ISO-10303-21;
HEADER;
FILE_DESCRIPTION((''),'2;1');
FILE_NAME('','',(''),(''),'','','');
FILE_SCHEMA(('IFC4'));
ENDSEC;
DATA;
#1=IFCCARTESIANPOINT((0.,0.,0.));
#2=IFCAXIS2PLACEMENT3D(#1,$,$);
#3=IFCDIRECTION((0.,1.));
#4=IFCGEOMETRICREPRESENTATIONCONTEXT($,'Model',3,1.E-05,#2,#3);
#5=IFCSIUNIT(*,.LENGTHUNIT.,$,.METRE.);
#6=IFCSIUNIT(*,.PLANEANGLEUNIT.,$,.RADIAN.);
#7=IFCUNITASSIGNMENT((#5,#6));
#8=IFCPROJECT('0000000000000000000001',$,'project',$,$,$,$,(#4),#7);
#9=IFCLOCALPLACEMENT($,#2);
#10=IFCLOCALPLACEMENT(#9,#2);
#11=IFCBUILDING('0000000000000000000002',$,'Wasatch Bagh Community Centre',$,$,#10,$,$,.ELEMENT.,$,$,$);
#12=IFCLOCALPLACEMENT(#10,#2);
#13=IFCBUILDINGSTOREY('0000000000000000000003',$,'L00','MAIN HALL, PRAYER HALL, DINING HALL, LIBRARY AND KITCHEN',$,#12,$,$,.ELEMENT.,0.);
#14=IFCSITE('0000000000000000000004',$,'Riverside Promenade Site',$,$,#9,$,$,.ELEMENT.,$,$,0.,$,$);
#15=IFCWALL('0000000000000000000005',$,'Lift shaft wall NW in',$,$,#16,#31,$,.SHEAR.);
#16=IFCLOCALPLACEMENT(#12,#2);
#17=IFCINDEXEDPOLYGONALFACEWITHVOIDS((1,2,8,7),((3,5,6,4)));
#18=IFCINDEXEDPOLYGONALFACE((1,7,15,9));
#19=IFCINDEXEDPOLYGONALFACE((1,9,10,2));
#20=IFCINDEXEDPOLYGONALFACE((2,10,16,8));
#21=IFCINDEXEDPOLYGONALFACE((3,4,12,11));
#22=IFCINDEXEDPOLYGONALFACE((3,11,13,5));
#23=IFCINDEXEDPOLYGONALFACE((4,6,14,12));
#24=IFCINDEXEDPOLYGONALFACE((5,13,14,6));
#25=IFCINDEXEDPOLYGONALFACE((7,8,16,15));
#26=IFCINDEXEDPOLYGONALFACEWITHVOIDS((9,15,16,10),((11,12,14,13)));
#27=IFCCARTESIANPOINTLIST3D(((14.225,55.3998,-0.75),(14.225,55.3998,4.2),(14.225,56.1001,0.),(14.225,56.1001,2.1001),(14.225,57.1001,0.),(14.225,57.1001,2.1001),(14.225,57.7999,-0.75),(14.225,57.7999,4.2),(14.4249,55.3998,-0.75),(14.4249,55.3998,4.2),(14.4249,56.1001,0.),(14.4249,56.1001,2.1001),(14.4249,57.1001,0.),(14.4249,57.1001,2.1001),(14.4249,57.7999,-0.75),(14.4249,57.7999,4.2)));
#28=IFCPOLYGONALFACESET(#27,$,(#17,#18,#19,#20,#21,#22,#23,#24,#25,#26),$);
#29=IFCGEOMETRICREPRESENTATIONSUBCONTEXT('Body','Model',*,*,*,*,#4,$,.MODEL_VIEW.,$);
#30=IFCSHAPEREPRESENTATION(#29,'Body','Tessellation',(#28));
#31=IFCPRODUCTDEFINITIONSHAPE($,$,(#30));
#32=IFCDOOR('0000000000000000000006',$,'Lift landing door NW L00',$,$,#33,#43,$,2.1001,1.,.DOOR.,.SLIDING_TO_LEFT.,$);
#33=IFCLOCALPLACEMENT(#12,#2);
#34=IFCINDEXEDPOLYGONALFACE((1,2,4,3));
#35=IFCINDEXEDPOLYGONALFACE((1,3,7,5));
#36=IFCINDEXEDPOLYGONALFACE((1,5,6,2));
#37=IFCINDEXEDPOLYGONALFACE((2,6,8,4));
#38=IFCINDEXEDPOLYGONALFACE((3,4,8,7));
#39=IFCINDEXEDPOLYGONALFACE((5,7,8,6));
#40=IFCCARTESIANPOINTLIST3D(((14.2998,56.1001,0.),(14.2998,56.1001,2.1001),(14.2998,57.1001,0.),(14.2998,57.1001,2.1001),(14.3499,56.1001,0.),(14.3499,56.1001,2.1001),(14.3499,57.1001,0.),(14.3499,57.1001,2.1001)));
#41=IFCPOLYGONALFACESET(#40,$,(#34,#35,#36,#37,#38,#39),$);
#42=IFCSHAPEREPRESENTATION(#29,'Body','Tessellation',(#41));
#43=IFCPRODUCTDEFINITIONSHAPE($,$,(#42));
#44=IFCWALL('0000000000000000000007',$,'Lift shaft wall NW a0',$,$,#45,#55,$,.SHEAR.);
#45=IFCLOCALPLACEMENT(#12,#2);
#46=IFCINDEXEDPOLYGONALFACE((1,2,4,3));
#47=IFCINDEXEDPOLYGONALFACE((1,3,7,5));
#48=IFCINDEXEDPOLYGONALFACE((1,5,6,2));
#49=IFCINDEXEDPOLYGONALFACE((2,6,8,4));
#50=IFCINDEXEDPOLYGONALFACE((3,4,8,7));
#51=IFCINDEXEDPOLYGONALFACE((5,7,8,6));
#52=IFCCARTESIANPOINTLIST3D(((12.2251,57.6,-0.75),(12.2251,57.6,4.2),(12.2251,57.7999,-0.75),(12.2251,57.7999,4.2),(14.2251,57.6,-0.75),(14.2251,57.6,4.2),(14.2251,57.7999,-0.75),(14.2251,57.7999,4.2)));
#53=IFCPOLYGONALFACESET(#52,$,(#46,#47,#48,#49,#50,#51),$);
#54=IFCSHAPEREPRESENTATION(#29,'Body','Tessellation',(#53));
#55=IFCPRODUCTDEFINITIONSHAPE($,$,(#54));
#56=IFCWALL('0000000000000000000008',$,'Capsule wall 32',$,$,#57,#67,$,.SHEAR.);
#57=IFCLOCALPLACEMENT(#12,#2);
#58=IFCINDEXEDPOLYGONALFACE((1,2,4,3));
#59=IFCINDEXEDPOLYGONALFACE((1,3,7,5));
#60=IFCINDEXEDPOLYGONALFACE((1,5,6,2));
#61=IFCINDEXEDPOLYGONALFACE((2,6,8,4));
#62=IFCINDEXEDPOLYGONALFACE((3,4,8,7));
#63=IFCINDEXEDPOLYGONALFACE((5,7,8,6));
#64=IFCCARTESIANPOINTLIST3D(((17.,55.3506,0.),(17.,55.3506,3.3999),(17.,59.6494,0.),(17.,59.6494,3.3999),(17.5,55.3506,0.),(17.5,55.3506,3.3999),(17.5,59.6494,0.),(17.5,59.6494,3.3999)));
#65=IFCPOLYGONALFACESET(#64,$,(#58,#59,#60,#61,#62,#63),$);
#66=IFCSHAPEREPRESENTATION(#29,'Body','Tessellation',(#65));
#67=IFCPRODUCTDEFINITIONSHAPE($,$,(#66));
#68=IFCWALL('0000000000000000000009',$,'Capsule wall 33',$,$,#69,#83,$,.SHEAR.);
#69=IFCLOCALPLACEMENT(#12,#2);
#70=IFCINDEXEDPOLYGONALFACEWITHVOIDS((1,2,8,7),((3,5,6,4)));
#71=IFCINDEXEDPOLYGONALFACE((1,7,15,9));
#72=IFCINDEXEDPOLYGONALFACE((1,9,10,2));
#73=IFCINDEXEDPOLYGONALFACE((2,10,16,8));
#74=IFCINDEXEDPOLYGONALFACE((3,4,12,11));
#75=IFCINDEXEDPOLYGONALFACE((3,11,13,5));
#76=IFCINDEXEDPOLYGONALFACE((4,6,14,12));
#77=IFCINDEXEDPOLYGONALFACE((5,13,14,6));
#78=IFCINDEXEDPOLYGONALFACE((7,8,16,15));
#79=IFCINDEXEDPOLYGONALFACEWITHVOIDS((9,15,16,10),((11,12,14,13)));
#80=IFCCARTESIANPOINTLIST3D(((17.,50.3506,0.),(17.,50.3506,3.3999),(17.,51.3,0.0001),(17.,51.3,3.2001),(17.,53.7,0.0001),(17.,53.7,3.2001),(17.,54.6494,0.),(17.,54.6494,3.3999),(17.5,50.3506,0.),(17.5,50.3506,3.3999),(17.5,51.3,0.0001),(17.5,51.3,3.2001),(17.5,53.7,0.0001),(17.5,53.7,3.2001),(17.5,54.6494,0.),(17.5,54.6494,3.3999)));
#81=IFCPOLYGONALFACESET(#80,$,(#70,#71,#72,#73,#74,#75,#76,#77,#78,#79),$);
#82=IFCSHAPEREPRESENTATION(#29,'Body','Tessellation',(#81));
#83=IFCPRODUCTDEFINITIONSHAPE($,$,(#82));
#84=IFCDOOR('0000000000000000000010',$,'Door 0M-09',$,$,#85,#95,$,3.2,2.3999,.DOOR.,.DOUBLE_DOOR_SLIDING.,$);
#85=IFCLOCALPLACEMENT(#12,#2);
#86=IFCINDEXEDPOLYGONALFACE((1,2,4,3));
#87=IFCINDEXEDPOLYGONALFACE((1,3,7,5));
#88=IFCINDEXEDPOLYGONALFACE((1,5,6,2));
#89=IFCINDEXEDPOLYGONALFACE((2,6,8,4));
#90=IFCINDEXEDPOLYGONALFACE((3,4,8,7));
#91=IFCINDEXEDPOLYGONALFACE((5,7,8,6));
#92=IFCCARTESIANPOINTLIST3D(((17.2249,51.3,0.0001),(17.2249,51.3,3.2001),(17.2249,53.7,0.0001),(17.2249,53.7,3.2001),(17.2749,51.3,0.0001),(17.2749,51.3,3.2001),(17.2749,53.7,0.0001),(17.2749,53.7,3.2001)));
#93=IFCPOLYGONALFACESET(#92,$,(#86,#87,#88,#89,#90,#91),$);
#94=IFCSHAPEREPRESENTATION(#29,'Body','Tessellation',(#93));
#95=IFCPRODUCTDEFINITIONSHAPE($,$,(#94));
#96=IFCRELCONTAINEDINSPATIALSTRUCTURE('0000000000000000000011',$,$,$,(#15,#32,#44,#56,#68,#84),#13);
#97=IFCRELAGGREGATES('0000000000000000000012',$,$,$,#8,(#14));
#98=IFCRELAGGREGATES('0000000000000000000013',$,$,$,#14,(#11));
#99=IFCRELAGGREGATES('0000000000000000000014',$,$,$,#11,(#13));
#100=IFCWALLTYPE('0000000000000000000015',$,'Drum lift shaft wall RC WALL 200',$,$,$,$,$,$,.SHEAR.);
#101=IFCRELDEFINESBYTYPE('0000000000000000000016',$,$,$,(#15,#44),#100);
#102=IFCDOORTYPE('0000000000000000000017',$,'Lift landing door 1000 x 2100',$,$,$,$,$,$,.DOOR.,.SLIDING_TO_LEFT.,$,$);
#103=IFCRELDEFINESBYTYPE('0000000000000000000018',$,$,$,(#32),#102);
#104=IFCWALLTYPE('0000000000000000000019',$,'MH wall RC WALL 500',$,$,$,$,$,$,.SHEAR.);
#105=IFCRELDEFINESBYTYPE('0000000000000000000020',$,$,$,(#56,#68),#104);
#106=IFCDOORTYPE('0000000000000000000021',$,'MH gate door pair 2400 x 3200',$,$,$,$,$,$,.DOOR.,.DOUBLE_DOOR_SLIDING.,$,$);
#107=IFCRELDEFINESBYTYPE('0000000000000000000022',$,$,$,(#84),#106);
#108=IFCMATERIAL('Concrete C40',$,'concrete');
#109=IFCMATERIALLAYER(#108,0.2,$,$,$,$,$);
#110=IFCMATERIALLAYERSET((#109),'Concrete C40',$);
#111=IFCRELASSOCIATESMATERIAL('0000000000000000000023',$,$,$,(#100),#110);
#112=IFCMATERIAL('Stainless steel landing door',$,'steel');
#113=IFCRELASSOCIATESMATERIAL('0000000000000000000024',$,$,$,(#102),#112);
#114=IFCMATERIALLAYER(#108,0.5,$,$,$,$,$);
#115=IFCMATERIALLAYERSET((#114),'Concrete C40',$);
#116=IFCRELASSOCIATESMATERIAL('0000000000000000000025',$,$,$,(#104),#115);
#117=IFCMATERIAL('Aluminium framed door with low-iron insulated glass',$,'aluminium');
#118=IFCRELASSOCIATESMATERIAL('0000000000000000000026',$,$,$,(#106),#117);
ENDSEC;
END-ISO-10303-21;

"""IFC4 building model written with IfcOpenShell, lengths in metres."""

from ifc_helpers import new_model, si_unit, direction, frame, frame_2d, origin, place, context, subcontext, project, spatial, rectangle, extrude, material, layer, layer_set, type_object, element, fill, save


model = new_model("IFC4")

# Units and contexts
model_context = context("Model", 3, precision=1e-05, world=origin(), true_north=direction((0.0, 1.0)))
body_context = subcontext(model_context, "Body", "Model", "MODEL_VIEW")
ifc_project = project(units=[si_unit("LENGTHUNIT", "METRE"), si_unit("PLANEANGLEUNIT", "RADIAN")], contexts=[model_context])

# Site, building, storey
site_placement = place(None, origin())
site = spatial("IfcSite", under=ifc_project, at=site_placement, Name="Riverside Promenade Site", CompositionType="ELEMENT", RefElevation=0.0)
building_placement = place(site_placement, origin())
building = spatial("IfcBuilding", under=site, at=building_placement, Name="Wasatch Bagh Community Centre", CompositionType="ELEMENT")
storey_placement = place(building_placement, origin())
storey = spatial("IfcBuildingStorey", under=building, at=storey_placement, Name="L00", Description="MAIN HALL, PRAYER HALL, DINING HALL, LIBRARY AND KITCHEN", CompositionType="ELEMENT", Elevation=0.0)

# Shared definitions
ifc_material_1 = material(Name="Concrete C40", Category="concrete")

# Wall, opening, door
ifc_material_2 = material(Name="Aluminium framed door with low-iron insulated glass", Category="aluminium")
ifc_layer_1 = layer(ifc_material_1, 0.2)
ifc_layer_set_1 = layer_set([ifc_layer_1], Name="Concrete C40")
wall_type_1 = type_object("IfcWallType", Name="Drum lift shaft wall RC WALL 200", PredefinedType="SHEAR", material=ifc_layer_set_1)
wall_1_placement = place(storey_placement, frame((14.325, 57.8, -0.75), z_axis=(0.0, 0.0, 1.0), x_axis=(0.0, -1.0, 0.0)))
wall_1 = element("IfcWall", 1, at=wall_1_placement, inside=storey, type_object=wall_type_1, Name="Lift shaft wall NW in", PredefinedType="SHEAR", context=body_context, shape_type="SweptSolid", body=[
    extrude(rectangle(XDim=2.4001, YDim=0.2, at=frame_2d((1.2002, 0.0))), origin(), (0.0, 0.0, 1.0), 4.95),
])
opening_1_placement = place(wall_1_placement, frame((0.7, 0.0, 0.75)))
opening_1 = element("IfcOpeningElement", 2, at=opening_1_placement, cuts=wall_1, PredefinedType="OPENING", context=body_context, shape_type="SweptSolid", body=[
    extrude(rectangle(XDim=1.0, YDim=2.1001, at=frame_2d((0.5, 1.05))), frame((0.0, 0.1099, 0.0), z_axis=(0.0, -1.0, 0.0), x_axis=(1.0, 0.0, 0.0)), (0.0, 0.0, 1.0), 0.22),
])
ifc_material_3 = material(Name="Stainless steel landing door", Category="steel")
door_type_1 = type_object("IfcDoorType", Name="Lift landing door 1000 x 2100", OperationType="SLIDING_TO_LEFT", PredefinedType="DOOR", material=ifc_material_3)
door_1_placement = place(opening_1_placement, origin())
door_1 = element("IfcDoor", 3, at=door_1_placement, inside=storey, type_object=door_type_1, Name="Lift landing door NW L00", OperationType="SLIDING_TO_LEFT", OverallHeight=2.1001, OverallWidth=1.0, PredefinedType="DOOR", context=body_context, shape_type="SweptSolid", body=[
    extrude(rectangle(XDim=1.0, YDim=2.1001, at=frame_2d((0.5, 1.05))), frame((0.0, 0.0249, 0.0), z_axis=(0.0, -1.0, 0.0), x_axis=(1.0, 0.0, 0.0)), (0.0, 0.0, 1.0), 0.05),
])
fill(opening_1, door_1)

# Walls
wall_2_placement = place(storey_placement, frame((14.2251, 57.7, -0.75), z_axis=(0.0, 0.0, 1.0), x_axis=(-1.0, 0.0, 0.0)))
element("IfcWall", 4, at=wall_2_placement, inside=storey, type_object=wall_type_1, Name="Lift shaft wall NW a0", PredefinedType="SHEAR", context=body_context, shape_type="SweptSolid", body=[
    extrude(rectangle(XDim=2.0, YDim=0.2, at=frame_2d((1.0, 0.0))), origin(), (0.0, 0.0, 1.0), 4.95),
])
ifc_layer_2 = layer(ifc_material_1, 0.5)
ifc_layer_set_2 = layer_set([ifc_layer_2], Name="Concrete C40")
wall_type_2 = type_object("IfcWallType", Name="MH wall RC WALL 500", PredefinedType="SHEAR", material=ifc_layer_set_2)
wall_3_placement = place(storey_placement, frame((17.25, 59.6494, 0.0), z_axis=(0.0, 0.0, 1.0), x_axis=(0.0, -1.0, 0.0)))
element("IfcWall", 5, at=wall_3_placement, inside=storey, type_object=wall_type_2, Name="Capsule wall 32", PredefinedType="SHEAR", context=body_context, shape_type="SweptSolid", body=[
    extrude(rectangle(XDim=4.2988, YDim=0.5, at=frame_2d((2.1494, 0.0))), origin(), (0.0, 0.0, 1.0), 3.3999),
])

# Wall, opening, door
wall_4_placement = place(storey_placement, frame((17.25, 54.6494, 0.0), z_axis=(0.0, 0.0, 1.0), x_axis=(0.0, -1.0, 0.0)))
wall_4 = element("IfcWall", 6, at=wall_4_placement, inside=storey, type_object=wall_type_2, Name="Capsule wall 33", PredefinedType="SHEAR", context=body_context, shape_type="SweptSolid", body=[
    extrude(rectangle(XDim=4.2988, YDim=0.5, at=frame_2d((2.1494, 0.0))), origin(), (0.0, 0.0, 1.0), 3.3999),
])
opening_2_placement = place(wall_4_placement, frame((0.9495, 0.0, 0.0)))
opening_2 = element("IfcOpeningElement", 7, at=opening_2_placement, cuts=wall_4, PredefinedType="OPENING", context=body_context, shape_type="SweptSolid", body=[
    extrude(rectangle(XDim=2.3999, YDim=3.2, at=frame_2d((1.2, 1.6001))), frame((0.0, 0.26, 0.0), z_axis=(0.0, -1.0, 0.0), x_axis=(1.0, 0.0, 0.0)), (0.0, 0.0, 1.0), 0.52),
])
door_type_2 = type_object("IfcDoorType", Name="MH gate door pair 2400 x 3200", OperationType="DOUBLE_DOOR_SLIDING", PredefinedType="DOOR", material=ifc_material_2)
door_2_placement = place(opening_2_placement, origin())
door_2 = element("IfcDoor", 8, at=door_2_placement, inside=storey, type_object=door_type_2, Name="Door 0M-09", OperationType="DOUBLE_DOOR_SLIDING", OverallHeight=3.2, OverallWidth=2.3999, PredefinedType="DOOR", context=body_context, shape_type="SweptSolid", body=[
    extrude(rectangle(XDim=2.3999, YDim=3.2, at=frame_2d((1.2, 1.6001))), frame((0.0, 0.0249, 0.0), z_axis=(0.0, -1.0, 0.0), x_axis=(1.0, 0.0, 0.0)), (0.0, 0.0, 1.0), 0.05),
])
fill(opening_2, door_2)

save(model, "model.ifc")
